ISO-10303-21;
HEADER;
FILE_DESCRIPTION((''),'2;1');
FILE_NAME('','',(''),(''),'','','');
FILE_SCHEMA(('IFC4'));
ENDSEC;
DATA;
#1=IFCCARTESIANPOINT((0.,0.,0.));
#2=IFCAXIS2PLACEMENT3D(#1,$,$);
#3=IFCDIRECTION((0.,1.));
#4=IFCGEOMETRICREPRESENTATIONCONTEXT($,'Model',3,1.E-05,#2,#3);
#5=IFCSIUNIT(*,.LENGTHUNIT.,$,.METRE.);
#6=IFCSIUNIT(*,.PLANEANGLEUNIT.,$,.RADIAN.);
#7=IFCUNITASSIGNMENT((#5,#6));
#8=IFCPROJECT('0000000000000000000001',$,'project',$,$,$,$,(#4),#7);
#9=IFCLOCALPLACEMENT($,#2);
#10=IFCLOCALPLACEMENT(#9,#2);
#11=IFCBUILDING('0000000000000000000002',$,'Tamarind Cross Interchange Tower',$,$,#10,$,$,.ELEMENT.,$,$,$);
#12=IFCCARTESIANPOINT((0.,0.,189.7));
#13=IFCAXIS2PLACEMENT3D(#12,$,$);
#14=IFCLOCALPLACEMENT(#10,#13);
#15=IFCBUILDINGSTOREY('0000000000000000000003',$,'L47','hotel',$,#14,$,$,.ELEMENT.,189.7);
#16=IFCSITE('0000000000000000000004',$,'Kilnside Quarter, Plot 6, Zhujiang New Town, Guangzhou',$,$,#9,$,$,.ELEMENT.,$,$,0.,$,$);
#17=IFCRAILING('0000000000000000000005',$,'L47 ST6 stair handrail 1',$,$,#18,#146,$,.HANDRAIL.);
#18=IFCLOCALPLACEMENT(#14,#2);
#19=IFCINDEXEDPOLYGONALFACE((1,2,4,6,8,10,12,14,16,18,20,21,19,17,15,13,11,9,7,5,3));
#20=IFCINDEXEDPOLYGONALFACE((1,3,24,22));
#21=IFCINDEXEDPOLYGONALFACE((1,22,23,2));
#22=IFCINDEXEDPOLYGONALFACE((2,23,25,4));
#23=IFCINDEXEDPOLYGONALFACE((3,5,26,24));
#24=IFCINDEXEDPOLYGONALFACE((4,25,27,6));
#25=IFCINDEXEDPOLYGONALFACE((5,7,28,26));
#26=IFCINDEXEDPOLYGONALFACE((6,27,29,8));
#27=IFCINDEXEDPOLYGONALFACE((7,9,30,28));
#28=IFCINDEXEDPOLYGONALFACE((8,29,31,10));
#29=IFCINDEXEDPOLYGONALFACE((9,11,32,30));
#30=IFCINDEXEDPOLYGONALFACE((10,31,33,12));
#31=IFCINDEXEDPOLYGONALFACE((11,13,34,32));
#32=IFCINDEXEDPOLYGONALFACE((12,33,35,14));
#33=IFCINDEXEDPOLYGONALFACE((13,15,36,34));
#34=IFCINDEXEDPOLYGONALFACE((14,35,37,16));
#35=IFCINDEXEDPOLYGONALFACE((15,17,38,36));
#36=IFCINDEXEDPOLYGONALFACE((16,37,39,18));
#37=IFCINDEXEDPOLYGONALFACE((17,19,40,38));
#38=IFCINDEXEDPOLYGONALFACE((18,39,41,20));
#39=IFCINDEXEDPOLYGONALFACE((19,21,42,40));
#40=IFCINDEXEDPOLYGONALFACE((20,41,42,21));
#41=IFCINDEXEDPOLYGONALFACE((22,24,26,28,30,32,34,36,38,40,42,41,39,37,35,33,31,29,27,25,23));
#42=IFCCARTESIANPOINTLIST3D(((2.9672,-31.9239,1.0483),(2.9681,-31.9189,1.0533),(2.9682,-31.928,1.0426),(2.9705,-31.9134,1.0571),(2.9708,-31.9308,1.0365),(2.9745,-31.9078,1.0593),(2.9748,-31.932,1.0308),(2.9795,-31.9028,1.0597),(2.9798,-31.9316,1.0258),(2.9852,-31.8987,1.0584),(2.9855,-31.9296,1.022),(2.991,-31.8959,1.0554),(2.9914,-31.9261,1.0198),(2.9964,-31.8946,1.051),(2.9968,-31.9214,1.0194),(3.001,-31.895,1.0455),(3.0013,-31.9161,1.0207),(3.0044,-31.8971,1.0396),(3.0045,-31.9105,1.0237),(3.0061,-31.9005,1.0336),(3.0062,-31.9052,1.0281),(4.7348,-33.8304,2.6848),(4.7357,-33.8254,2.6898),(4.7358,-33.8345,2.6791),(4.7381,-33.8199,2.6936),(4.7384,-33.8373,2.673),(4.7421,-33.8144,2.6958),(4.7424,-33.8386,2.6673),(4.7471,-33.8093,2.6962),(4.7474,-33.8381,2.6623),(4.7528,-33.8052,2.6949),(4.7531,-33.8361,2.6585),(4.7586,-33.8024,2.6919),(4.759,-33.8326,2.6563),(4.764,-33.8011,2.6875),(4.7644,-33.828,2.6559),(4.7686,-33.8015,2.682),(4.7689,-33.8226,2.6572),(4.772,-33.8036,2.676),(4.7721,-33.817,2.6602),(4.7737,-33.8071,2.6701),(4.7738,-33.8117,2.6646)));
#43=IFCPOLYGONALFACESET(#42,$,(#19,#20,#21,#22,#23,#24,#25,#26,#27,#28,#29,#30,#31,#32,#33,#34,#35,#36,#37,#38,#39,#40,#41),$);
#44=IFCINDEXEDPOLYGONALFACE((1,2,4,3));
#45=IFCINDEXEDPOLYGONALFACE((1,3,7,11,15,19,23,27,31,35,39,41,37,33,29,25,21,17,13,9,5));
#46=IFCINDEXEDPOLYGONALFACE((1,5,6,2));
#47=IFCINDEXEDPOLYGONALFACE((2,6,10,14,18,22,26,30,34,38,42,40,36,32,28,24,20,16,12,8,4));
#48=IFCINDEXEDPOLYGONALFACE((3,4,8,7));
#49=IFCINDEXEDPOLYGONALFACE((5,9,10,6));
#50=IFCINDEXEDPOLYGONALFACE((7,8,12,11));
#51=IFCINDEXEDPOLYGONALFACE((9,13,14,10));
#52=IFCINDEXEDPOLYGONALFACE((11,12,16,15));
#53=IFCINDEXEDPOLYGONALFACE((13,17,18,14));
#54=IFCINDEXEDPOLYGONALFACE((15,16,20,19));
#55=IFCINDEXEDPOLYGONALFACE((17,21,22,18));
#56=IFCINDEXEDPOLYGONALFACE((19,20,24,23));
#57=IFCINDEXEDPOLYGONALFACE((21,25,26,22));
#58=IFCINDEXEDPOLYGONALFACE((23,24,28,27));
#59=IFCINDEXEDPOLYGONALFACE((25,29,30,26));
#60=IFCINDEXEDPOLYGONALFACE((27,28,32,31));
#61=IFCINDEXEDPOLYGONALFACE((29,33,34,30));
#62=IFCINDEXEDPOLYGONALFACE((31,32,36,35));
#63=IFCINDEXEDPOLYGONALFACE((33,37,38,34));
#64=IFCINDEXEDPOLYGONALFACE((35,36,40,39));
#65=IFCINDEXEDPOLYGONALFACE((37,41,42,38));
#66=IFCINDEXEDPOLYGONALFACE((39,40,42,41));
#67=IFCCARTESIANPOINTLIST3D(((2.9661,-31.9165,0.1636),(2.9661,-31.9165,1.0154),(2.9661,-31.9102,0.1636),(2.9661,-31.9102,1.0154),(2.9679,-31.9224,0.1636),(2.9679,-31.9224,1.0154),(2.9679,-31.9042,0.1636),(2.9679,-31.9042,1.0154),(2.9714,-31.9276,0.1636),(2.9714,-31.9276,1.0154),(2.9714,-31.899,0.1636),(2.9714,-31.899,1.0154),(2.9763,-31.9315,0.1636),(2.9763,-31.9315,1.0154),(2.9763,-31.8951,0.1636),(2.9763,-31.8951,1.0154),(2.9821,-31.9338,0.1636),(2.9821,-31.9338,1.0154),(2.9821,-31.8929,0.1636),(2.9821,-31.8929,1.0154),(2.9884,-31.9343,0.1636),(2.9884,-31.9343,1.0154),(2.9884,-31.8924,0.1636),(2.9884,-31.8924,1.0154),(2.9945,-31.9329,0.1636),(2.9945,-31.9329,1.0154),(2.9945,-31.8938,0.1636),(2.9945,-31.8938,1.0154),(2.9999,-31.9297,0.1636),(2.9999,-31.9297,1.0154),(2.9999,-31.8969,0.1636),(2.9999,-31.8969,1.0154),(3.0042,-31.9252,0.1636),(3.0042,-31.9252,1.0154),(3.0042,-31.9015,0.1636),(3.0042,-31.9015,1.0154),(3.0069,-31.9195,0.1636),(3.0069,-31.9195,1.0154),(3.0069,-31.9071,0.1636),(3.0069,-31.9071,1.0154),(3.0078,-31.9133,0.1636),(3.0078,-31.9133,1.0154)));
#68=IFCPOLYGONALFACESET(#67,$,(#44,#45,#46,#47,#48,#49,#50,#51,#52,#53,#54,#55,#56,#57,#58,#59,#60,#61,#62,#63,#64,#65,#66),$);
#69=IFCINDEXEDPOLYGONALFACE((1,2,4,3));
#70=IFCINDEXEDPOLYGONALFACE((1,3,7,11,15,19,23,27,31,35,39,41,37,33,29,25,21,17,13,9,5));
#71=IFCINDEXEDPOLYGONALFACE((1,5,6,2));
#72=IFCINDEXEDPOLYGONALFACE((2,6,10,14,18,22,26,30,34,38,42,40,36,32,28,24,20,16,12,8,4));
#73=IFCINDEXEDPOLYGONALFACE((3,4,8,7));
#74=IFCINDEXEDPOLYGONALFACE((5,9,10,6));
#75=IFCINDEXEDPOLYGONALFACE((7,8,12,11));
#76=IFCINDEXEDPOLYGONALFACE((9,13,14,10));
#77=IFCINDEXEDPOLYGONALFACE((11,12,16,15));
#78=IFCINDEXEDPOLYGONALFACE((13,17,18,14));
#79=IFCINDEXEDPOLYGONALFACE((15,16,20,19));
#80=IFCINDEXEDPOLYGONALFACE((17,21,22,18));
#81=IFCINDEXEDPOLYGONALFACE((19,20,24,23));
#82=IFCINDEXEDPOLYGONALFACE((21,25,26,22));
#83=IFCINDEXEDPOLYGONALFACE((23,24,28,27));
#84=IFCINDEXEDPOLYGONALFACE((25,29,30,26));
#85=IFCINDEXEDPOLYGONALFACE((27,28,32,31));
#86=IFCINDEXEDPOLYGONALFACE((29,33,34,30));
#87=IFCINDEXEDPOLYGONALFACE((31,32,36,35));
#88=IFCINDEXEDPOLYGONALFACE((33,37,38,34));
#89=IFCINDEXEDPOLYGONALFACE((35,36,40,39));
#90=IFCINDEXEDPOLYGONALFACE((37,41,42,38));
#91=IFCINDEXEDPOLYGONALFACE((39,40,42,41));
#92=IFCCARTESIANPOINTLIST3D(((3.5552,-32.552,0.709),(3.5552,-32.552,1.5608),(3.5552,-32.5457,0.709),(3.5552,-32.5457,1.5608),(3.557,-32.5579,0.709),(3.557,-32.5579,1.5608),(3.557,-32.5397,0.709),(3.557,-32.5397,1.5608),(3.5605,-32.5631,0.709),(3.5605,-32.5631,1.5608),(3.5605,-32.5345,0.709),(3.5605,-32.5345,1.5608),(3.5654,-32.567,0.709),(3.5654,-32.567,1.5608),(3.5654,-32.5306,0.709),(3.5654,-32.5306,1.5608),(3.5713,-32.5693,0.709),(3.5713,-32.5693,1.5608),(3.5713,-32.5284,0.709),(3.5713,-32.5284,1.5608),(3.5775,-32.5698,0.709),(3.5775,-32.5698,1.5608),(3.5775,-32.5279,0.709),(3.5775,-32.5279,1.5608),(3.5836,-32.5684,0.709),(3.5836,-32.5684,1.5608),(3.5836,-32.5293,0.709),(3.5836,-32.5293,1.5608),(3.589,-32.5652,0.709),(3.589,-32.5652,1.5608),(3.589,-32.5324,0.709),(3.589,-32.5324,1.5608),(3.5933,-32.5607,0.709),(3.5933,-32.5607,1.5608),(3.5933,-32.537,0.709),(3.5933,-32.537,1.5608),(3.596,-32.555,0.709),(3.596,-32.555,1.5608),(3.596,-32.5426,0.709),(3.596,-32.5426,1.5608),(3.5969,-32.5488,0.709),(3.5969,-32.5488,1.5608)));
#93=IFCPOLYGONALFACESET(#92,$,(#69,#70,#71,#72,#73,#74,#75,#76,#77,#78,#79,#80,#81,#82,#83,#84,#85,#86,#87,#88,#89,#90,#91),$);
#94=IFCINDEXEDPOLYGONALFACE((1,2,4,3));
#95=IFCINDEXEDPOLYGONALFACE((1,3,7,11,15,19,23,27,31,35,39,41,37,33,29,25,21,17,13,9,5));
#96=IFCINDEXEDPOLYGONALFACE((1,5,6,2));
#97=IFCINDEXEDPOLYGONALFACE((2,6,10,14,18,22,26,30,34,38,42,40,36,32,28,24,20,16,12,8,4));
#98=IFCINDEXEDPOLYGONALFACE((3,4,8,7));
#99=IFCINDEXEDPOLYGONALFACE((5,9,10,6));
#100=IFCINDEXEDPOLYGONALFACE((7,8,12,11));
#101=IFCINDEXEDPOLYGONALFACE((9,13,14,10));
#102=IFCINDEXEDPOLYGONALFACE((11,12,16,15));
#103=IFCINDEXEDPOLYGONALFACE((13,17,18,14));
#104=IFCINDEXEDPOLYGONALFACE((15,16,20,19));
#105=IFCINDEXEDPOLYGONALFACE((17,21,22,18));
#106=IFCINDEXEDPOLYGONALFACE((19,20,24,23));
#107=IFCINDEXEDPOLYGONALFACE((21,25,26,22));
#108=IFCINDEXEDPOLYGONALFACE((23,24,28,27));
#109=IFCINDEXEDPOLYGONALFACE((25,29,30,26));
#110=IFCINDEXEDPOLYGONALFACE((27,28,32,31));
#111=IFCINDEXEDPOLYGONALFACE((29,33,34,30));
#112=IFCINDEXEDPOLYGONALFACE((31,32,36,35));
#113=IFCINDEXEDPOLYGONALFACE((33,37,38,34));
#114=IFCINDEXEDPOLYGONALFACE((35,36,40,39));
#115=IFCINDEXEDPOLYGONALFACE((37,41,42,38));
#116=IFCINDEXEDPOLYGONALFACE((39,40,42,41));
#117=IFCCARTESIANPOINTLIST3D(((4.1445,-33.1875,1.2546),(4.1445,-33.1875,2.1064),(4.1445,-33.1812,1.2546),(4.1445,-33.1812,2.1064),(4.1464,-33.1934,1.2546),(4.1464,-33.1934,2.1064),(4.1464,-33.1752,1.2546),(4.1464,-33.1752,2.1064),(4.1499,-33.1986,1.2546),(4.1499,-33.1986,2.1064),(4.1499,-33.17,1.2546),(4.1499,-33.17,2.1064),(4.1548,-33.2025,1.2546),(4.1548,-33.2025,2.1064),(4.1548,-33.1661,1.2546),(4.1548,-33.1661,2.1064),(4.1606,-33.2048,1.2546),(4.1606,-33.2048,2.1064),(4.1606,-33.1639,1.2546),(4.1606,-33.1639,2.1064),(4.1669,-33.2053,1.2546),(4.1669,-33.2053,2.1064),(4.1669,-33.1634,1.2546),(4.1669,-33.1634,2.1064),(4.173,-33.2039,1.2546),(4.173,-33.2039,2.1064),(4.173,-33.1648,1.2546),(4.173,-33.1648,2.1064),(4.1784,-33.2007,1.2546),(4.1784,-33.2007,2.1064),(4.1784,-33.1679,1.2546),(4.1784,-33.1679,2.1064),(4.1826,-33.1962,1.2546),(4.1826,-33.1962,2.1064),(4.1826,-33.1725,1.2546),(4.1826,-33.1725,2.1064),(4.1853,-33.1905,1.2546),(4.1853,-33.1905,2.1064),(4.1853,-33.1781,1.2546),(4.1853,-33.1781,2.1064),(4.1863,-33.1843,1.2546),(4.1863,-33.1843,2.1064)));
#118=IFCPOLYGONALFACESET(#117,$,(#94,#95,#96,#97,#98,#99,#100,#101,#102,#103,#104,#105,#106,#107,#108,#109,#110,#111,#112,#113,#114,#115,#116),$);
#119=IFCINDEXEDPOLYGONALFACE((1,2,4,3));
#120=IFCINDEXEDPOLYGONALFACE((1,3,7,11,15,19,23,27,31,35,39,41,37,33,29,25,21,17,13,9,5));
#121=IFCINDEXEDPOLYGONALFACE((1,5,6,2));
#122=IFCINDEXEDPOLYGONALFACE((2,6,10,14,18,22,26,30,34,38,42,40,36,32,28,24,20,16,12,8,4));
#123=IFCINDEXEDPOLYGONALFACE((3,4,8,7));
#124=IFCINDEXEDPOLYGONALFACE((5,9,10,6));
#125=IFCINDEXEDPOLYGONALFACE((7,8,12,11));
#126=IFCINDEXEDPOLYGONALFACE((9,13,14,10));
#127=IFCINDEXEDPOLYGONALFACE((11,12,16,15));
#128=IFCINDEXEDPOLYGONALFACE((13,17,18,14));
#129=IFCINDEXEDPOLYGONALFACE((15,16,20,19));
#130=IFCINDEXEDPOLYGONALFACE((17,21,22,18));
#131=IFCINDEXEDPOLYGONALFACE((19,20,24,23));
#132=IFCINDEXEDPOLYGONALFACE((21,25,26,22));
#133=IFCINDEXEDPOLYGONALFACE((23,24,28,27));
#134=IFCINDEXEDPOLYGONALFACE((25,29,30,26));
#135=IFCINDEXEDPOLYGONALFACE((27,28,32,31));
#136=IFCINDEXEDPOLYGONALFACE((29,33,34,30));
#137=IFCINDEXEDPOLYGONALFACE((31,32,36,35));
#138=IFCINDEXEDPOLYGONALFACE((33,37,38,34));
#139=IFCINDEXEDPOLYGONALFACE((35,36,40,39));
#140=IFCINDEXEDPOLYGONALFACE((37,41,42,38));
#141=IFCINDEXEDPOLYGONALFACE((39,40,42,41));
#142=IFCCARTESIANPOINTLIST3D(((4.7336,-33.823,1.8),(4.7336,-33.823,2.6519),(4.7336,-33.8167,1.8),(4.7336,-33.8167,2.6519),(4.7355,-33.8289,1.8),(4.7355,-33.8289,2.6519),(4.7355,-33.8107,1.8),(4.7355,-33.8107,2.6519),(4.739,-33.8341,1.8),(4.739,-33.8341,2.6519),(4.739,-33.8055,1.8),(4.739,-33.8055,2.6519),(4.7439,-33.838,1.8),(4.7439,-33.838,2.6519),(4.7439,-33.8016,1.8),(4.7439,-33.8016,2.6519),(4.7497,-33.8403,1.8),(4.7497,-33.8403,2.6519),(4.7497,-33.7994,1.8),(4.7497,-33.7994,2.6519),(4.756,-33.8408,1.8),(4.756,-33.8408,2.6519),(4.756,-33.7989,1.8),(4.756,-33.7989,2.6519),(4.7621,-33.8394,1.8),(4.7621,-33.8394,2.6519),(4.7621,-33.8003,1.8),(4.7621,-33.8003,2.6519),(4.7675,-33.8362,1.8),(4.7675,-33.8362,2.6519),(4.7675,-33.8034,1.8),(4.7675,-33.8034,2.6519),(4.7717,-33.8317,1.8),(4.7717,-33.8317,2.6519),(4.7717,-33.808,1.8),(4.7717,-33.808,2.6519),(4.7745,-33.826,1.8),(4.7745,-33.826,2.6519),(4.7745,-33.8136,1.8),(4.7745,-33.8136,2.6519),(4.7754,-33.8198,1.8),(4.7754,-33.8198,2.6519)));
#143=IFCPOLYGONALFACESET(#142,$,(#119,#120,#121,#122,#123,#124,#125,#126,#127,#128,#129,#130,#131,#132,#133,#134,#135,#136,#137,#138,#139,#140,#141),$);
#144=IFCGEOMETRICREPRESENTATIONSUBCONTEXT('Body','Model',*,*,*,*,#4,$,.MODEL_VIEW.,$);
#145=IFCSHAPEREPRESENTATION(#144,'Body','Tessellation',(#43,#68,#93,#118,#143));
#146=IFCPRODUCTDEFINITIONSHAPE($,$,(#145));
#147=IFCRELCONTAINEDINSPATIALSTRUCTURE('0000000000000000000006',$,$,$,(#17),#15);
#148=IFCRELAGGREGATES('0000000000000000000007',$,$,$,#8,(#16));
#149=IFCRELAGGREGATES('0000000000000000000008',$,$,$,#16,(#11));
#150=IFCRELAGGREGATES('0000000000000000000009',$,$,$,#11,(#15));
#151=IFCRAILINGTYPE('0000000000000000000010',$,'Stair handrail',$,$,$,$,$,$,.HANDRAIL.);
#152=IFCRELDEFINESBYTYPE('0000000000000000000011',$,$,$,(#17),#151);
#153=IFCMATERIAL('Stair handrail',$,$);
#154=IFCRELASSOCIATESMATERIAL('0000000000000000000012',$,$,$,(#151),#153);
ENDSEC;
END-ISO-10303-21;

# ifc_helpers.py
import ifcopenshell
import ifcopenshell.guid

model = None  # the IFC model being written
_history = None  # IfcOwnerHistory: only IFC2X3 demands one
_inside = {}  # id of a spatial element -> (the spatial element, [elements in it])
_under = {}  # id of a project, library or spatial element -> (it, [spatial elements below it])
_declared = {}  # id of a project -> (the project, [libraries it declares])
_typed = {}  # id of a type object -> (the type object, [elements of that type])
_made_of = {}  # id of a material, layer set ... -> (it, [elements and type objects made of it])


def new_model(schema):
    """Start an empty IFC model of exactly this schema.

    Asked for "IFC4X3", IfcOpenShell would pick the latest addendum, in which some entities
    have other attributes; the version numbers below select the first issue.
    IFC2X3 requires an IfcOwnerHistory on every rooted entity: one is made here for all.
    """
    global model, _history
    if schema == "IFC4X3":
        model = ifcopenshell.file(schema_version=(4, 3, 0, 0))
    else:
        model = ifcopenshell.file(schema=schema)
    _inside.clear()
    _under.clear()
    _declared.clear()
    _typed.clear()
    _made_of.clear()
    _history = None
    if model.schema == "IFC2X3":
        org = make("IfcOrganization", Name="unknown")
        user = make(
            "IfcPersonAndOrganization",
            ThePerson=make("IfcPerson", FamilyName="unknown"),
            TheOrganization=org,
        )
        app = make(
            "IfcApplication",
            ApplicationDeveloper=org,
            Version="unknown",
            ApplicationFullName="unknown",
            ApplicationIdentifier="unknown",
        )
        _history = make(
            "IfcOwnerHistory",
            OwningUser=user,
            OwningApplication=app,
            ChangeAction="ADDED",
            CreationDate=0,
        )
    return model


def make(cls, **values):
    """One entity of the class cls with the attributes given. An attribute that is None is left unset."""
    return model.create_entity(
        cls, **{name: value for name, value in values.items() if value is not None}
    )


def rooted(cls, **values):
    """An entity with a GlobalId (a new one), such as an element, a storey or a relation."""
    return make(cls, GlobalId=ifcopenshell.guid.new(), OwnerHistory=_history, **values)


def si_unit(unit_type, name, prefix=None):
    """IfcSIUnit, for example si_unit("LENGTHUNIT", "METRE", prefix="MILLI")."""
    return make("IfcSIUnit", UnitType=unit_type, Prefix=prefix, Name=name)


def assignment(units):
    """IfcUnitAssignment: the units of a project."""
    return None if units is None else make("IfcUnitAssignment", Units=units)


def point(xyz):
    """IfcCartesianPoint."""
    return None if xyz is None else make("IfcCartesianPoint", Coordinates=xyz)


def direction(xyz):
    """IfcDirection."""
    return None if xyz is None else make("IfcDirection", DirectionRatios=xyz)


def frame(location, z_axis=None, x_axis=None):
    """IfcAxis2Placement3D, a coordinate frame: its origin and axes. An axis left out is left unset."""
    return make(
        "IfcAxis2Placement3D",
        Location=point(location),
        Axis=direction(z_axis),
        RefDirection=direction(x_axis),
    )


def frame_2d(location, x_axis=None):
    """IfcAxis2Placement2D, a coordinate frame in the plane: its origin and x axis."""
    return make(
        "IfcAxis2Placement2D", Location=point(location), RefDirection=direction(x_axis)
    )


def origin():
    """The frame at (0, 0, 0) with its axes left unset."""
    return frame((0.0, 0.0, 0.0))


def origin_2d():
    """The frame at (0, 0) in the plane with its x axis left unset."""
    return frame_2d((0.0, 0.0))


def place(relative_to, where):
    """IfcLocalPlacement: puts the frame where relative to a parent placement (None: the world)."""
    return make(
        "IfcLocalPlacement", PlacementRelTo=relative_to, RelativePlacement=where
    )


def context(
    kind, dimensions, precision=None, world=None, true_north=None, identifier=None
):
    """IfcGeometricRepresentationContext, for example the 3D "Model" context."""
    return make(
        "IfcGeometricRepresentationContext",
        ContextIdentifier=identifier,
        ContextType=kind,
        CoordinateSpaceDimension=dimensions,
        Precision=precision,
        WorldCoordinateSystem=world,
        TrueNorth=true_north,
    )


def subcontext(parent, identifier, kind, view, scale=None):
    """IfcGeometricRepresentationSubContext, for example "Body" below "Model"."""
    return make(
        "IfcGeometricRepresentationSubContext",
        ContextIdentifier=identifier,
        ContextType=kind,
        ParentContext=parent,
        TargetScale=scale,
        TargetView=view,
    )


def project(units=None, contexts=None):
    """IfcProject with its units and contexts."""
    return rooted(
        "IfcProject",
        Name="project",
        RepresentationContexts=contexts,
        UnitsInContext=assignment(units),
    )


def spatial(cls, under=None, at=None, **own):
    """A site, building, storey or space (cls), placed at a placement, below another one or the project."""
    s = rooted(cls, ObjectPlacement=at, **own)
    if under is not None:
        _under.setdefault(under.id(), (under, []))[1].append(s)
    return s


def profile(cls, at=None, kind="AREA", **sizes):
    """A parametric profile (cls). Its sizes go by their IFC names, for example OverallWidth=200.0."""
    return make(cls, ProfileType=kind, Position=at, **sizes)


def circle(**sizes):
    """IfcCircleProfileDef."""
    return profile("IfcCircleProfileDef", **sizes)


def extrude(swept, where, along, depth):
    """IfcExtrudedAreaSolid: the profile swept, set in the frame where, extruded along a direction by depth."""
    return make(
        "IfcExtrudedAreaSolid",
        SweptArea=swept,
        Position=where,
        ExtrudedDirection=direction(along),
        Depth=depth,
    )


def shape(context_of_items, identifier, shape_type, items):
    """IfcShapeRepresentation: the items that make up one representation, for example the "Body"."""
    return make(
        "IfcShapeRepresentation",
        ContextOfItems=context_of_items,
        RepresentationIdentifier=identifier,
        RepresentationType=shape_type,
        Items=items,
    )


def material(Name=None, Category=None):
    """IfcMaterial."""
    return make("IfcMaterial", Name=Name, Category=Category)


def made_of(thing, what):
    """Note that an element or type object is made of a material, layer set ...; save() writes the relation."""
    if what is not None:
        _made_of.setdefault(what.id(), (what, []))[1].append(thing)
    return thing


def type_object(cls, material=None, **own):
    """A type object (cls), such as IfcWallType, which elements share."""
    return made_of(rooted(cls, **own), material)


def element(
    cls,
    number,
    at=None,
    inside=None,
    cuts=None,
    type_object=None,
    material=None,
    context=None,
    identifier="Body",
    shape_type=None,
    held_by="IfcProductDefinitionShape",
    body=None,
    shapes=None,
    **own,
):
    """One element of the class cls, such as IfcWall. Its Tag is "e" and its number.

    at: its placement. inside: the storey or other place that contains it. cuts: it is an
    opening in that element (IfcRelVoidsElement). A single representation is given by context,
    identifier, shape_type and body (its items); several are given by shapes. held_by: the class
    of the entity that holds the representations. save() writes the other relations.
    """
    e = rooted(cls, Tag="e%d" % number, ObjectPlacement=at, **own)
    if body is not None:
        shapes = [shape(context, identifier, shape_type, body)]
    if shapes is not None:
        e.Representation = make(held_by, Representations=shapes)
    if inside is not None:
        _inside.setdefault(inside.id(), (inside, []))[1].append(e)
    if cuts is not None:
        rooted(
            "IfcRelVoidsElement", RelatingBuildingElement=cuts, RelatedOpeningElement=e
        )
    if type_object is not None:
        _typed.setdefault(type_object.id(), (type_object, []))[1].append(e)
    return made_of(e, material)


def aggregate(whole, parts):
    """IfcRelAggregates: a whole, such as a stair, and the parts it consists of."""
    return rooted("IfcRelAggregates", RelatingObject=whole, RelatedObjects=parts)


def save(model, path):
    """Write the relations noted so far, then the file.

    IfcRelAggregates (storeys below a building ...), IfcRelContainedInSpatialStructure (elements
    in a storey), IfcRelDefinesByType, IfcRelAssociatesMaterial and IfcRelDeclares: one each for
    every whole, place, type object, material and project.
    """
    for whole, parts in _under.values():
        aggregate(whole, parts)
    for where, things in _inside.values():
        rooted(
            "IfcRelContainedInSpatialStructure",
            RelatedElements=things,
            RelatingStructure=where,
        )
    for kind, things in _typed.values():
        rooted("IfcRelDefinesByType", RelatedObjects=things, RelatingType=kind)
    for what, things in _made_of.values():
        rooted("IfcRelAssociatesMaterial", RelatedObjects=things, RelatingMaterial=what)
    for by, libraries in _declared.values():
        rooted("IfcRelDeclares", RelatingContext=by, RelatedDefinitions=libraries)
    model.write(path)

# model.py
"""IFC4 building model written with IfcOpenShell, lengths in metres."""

from ifc_helpers import new_model, si_unit, direction, frame, origin, origin_2d, place, context, subcontext, project, spatial, circle, extrude, material, type_object, element, save


model = new_model("IFC4")

# Units and contexts
model_context = context("Model", 3, precision=1e-05, world=origin(), true_north=direction((0.0, 1.0)))
body_context = subcontext(model_context, "Body", "Model", "MODEL_VIEW")
ifc_project = project(units=[si_unit("LENGTHUNIT", "METRE"), si_unit("PLANEANGLEUNIT", "RADIAN")], contexts=[model_context])

# Site, building, storey
site_placement = place(None, origin())
site = spatial("IfcSite", under=ifc_project, at=site_placement, Name="Kilnside Quarter, Plot 6, Zhujiang New Town, Guangzhou", CompositionType="ELEMENT", RefElevation=0.0)
building_placement = place(site_placement, origin())
building = spatial("IfcBuilding", under=site, at=building_placement, Name="Tamarind Cross Interchange Tower", CompositionType="ELEMENT")
storey_placement = place(building_placement, frame((0.0, 0.0, 189.7)))
storey = spatial("IfcBuildingStorey", under=building, at=storey_placement, Name="L47", Description="hotel", CompositionType="ELEMENT", Elevation=189.7)

# Railing
ifc_material_1 = material(Name="Stair handrail")
railing_type_1 = type_object("IfcRailingType", Name="Stair handrail", PredefinedType="HANDRAIL", material=ifc_material_1)
railing_1_placement = place(storey_placement, frame((2.9868, -31.9133, 0.1636)))
element("IfcRailing", 1, at=railing_1_placement, inside=storey, type_object=railing_type_1, Name="L47 ST6 stair handrail 1", PredefinedType="HANDRAIL", context=body_context, shape_type="SweptSolid", body=[
    extrude(circle(Radius=0.0239, at=origin_2d()), frame((0.0, 0.0, 0.876), z_axis=(0.575386, -0.620606, 0.532709), x_axis=(0.733318, 0.679885, 0.0)), (0.0, 0.0, 1.0), 3.072),
    extrude(circle(Radius=0.021, at=origin_2d()), origin(), (0.0, 0.0, 1.0), 0.8518),
    extrude(circle(Radius=0.021, at=origin_2d()), frame((0.5891, -0.6355, 0.5454)), (0.0, 0.0, 1.0), 0.8518),
    extrude(circle(Radius=0.021, at=origin_2d()), frame((1.1785, -1.271, 1.0911)), (0.0, 0.0, 1.0), 0.8518),
    extrude(circle(Radius=0.021, at=origin_2d()), frame((1.7676, -1.9065, 1.6365)), (0.0, 0.0, 1.0), 0.8518),
])

save(model, "model.ifc")
